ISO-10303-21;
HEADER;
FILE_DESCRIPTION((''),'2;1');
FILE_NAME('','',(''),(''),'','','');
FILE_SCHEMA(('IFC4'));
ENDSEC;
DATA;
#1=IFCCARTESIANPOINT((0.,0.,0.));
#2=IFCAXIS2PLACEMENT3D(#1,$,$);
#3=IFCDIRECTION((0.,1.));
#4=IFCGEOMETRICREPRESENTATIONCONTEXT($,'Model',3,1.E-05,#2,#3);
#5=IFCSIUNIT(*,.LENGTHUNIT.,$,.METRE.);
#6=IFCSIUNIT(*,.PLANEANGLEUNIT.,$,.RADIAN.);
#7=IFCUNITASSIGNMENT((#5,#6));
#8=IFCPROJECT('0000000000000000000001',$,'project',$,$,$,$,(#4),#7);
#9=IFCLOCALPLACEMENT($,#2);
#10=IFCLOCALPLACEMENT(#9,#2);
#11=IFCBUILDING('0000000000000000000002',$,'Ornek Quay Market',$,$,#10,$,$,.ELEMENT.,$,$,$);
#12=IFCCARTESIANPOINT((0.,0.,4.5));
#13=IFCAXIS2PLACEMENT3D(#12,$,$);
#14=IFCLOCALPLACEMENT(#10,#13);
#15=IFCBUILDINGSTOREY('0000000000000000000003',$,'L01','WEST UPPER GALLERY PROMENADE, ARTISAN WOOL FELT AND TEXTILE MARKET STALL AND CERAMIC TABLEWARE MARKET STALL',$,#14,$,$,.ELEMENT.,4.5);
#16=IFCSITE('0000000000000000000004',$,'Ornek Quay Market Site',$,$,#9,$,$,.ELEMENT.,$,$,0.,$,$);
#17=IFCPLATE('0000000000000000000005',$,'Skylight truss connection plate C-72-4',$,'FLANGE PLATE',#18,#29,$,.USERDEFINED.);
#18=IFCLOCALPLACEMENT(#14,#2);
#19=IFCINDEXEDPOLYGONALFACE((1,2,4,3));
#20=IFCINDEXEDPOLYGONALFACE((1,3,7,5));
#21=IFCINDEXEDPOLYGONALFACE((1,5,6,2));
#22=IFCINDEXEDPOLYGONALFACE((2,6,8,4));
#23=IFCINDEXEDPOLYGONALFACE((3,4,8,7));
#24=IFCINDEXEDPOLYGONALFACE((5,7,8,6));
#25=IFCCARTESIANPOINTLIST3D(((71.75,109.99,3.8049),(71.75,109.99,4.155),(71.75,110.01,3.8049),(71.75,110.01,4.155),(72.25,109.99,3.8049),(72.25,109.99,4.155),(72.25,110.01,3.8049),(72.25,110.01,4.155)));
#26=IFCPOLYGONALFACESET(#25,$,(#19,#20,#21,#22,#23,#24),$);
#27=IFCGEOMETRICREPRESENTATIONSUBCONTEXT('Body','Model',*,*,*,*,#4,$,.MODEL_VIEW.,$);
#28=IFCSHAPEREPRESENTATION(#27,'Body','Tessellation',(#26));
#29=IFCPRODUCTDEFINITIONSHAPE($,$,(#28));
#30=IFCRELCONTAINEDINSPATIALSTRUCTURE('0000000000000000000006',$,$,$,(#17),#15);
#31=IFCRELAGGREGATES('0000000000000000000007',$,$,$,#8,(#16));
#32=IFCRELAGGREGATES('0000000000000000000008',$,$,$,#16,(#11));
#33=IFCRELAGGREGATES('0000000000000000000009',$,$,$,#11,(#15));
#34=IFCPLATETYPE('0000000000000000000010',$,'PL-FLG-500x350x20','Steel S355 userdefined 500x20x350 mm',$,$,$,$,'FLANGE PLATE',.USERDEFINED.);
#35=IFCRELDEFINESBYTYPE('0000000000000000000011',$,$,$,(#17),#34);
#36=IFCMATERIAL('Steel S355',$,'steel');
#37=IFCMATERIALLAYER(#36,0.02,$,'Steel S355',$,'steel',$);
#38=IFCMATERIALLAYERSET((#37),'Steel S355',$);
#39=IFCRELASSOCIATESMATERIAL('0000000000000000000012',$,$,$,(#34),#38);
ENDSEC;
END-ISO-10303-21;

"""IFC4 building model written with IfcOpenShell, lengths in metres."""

from ifc_helpers import new_model, si_unit, direction, frame, origin, origin_2d, place, context, subcontext, project, spatial, rectangle, extrude, material, layer, layer_set, type_object, element, save


model = new_model("IFC4")

# Units and contexts
model_context = context("Model", 3, precision=1e-05, world=origin(), true_north=direction((0.0, 1.0)))
body_context = subcontext(model_context, "Body", "Model", "MODEL_VIEW")
ifc_project = project(units=[si_unit("LENGTHUNIT", "METRE"), si_unit("PLANEANGLEUNIT", "RADIAN")], contexts=[model_context])

# Site, building, storey
site_placement = place(None, origin())
site = spatial("IfcSite", under=ifc_project, at=site_placement, Name="Ornek Quay Market Site", CompositionType="ELEMENT", RefElevation=0.0)
building_placement = place(site_placement, origin())
building = spatial("IfcBuilding", under=site, at=building_placement, Name="Ornek Quay Market", CompositionType="ELEMENT")
storey_placement = place(building_placement, frame((0.0, 0.0, 4.5)))
storey = spatial("IfcBuildingStorey", under=building, at=storey_placement, Name="L01", Description="WEST UPPER GALLERY PROMENADE, ARTISAN WOOL FELT AND TEXTILE MARKET STALL AND CERAMIC TABLEWARE MARKET STALL", CompositionType="ELEMENT", Elevation=4.5)

# Shared definitions
ifc_material_1 = material(Name="Steel S355", Category="steel")

# Plate
ifc_layer_1 = layer(ifc_material_1, 0.02, Name="Steel S355", Category="steel")
ifc_layer_set_1 = layer_set([ifc_layer_1], Name="Steel S355")
plate_type_1 = type_object("IfcPlateType", Name="PL-FLG-500x350x20", Description="Steel S355 userdefined 500x20x350 mm", ElementType="FLANGE PLATE", PredefinedType="USERDEFINED", material=ifc_layer_set_1)
for number, where, z_axis, x_axis, name in (
    (1, (72.0, 110.0, 3.8049), (0.0, 0.0, 1.0), (1.0, 0.0, 0.0), "Skylight truss connection plate C-72-4"),
):
    element("IfcPlate", number, at=place(storey_placement, frame(where, z_axis=z_axis, x_axis=x_axis)), inside=storey, type_object=plate_type_1, Name=name, ObjectType="FLANGE PLATE", PredefinedType="USERDEFINED", context=body_context, shape_type="SweptSolid", body=[
        extrude(rectangle(XDim=0.5, YDim=0.02, at=origin_2d()), origin(), (0.0, 0.0, 1.0), 0.3501),
    ])

save(model, "model.ifc")
